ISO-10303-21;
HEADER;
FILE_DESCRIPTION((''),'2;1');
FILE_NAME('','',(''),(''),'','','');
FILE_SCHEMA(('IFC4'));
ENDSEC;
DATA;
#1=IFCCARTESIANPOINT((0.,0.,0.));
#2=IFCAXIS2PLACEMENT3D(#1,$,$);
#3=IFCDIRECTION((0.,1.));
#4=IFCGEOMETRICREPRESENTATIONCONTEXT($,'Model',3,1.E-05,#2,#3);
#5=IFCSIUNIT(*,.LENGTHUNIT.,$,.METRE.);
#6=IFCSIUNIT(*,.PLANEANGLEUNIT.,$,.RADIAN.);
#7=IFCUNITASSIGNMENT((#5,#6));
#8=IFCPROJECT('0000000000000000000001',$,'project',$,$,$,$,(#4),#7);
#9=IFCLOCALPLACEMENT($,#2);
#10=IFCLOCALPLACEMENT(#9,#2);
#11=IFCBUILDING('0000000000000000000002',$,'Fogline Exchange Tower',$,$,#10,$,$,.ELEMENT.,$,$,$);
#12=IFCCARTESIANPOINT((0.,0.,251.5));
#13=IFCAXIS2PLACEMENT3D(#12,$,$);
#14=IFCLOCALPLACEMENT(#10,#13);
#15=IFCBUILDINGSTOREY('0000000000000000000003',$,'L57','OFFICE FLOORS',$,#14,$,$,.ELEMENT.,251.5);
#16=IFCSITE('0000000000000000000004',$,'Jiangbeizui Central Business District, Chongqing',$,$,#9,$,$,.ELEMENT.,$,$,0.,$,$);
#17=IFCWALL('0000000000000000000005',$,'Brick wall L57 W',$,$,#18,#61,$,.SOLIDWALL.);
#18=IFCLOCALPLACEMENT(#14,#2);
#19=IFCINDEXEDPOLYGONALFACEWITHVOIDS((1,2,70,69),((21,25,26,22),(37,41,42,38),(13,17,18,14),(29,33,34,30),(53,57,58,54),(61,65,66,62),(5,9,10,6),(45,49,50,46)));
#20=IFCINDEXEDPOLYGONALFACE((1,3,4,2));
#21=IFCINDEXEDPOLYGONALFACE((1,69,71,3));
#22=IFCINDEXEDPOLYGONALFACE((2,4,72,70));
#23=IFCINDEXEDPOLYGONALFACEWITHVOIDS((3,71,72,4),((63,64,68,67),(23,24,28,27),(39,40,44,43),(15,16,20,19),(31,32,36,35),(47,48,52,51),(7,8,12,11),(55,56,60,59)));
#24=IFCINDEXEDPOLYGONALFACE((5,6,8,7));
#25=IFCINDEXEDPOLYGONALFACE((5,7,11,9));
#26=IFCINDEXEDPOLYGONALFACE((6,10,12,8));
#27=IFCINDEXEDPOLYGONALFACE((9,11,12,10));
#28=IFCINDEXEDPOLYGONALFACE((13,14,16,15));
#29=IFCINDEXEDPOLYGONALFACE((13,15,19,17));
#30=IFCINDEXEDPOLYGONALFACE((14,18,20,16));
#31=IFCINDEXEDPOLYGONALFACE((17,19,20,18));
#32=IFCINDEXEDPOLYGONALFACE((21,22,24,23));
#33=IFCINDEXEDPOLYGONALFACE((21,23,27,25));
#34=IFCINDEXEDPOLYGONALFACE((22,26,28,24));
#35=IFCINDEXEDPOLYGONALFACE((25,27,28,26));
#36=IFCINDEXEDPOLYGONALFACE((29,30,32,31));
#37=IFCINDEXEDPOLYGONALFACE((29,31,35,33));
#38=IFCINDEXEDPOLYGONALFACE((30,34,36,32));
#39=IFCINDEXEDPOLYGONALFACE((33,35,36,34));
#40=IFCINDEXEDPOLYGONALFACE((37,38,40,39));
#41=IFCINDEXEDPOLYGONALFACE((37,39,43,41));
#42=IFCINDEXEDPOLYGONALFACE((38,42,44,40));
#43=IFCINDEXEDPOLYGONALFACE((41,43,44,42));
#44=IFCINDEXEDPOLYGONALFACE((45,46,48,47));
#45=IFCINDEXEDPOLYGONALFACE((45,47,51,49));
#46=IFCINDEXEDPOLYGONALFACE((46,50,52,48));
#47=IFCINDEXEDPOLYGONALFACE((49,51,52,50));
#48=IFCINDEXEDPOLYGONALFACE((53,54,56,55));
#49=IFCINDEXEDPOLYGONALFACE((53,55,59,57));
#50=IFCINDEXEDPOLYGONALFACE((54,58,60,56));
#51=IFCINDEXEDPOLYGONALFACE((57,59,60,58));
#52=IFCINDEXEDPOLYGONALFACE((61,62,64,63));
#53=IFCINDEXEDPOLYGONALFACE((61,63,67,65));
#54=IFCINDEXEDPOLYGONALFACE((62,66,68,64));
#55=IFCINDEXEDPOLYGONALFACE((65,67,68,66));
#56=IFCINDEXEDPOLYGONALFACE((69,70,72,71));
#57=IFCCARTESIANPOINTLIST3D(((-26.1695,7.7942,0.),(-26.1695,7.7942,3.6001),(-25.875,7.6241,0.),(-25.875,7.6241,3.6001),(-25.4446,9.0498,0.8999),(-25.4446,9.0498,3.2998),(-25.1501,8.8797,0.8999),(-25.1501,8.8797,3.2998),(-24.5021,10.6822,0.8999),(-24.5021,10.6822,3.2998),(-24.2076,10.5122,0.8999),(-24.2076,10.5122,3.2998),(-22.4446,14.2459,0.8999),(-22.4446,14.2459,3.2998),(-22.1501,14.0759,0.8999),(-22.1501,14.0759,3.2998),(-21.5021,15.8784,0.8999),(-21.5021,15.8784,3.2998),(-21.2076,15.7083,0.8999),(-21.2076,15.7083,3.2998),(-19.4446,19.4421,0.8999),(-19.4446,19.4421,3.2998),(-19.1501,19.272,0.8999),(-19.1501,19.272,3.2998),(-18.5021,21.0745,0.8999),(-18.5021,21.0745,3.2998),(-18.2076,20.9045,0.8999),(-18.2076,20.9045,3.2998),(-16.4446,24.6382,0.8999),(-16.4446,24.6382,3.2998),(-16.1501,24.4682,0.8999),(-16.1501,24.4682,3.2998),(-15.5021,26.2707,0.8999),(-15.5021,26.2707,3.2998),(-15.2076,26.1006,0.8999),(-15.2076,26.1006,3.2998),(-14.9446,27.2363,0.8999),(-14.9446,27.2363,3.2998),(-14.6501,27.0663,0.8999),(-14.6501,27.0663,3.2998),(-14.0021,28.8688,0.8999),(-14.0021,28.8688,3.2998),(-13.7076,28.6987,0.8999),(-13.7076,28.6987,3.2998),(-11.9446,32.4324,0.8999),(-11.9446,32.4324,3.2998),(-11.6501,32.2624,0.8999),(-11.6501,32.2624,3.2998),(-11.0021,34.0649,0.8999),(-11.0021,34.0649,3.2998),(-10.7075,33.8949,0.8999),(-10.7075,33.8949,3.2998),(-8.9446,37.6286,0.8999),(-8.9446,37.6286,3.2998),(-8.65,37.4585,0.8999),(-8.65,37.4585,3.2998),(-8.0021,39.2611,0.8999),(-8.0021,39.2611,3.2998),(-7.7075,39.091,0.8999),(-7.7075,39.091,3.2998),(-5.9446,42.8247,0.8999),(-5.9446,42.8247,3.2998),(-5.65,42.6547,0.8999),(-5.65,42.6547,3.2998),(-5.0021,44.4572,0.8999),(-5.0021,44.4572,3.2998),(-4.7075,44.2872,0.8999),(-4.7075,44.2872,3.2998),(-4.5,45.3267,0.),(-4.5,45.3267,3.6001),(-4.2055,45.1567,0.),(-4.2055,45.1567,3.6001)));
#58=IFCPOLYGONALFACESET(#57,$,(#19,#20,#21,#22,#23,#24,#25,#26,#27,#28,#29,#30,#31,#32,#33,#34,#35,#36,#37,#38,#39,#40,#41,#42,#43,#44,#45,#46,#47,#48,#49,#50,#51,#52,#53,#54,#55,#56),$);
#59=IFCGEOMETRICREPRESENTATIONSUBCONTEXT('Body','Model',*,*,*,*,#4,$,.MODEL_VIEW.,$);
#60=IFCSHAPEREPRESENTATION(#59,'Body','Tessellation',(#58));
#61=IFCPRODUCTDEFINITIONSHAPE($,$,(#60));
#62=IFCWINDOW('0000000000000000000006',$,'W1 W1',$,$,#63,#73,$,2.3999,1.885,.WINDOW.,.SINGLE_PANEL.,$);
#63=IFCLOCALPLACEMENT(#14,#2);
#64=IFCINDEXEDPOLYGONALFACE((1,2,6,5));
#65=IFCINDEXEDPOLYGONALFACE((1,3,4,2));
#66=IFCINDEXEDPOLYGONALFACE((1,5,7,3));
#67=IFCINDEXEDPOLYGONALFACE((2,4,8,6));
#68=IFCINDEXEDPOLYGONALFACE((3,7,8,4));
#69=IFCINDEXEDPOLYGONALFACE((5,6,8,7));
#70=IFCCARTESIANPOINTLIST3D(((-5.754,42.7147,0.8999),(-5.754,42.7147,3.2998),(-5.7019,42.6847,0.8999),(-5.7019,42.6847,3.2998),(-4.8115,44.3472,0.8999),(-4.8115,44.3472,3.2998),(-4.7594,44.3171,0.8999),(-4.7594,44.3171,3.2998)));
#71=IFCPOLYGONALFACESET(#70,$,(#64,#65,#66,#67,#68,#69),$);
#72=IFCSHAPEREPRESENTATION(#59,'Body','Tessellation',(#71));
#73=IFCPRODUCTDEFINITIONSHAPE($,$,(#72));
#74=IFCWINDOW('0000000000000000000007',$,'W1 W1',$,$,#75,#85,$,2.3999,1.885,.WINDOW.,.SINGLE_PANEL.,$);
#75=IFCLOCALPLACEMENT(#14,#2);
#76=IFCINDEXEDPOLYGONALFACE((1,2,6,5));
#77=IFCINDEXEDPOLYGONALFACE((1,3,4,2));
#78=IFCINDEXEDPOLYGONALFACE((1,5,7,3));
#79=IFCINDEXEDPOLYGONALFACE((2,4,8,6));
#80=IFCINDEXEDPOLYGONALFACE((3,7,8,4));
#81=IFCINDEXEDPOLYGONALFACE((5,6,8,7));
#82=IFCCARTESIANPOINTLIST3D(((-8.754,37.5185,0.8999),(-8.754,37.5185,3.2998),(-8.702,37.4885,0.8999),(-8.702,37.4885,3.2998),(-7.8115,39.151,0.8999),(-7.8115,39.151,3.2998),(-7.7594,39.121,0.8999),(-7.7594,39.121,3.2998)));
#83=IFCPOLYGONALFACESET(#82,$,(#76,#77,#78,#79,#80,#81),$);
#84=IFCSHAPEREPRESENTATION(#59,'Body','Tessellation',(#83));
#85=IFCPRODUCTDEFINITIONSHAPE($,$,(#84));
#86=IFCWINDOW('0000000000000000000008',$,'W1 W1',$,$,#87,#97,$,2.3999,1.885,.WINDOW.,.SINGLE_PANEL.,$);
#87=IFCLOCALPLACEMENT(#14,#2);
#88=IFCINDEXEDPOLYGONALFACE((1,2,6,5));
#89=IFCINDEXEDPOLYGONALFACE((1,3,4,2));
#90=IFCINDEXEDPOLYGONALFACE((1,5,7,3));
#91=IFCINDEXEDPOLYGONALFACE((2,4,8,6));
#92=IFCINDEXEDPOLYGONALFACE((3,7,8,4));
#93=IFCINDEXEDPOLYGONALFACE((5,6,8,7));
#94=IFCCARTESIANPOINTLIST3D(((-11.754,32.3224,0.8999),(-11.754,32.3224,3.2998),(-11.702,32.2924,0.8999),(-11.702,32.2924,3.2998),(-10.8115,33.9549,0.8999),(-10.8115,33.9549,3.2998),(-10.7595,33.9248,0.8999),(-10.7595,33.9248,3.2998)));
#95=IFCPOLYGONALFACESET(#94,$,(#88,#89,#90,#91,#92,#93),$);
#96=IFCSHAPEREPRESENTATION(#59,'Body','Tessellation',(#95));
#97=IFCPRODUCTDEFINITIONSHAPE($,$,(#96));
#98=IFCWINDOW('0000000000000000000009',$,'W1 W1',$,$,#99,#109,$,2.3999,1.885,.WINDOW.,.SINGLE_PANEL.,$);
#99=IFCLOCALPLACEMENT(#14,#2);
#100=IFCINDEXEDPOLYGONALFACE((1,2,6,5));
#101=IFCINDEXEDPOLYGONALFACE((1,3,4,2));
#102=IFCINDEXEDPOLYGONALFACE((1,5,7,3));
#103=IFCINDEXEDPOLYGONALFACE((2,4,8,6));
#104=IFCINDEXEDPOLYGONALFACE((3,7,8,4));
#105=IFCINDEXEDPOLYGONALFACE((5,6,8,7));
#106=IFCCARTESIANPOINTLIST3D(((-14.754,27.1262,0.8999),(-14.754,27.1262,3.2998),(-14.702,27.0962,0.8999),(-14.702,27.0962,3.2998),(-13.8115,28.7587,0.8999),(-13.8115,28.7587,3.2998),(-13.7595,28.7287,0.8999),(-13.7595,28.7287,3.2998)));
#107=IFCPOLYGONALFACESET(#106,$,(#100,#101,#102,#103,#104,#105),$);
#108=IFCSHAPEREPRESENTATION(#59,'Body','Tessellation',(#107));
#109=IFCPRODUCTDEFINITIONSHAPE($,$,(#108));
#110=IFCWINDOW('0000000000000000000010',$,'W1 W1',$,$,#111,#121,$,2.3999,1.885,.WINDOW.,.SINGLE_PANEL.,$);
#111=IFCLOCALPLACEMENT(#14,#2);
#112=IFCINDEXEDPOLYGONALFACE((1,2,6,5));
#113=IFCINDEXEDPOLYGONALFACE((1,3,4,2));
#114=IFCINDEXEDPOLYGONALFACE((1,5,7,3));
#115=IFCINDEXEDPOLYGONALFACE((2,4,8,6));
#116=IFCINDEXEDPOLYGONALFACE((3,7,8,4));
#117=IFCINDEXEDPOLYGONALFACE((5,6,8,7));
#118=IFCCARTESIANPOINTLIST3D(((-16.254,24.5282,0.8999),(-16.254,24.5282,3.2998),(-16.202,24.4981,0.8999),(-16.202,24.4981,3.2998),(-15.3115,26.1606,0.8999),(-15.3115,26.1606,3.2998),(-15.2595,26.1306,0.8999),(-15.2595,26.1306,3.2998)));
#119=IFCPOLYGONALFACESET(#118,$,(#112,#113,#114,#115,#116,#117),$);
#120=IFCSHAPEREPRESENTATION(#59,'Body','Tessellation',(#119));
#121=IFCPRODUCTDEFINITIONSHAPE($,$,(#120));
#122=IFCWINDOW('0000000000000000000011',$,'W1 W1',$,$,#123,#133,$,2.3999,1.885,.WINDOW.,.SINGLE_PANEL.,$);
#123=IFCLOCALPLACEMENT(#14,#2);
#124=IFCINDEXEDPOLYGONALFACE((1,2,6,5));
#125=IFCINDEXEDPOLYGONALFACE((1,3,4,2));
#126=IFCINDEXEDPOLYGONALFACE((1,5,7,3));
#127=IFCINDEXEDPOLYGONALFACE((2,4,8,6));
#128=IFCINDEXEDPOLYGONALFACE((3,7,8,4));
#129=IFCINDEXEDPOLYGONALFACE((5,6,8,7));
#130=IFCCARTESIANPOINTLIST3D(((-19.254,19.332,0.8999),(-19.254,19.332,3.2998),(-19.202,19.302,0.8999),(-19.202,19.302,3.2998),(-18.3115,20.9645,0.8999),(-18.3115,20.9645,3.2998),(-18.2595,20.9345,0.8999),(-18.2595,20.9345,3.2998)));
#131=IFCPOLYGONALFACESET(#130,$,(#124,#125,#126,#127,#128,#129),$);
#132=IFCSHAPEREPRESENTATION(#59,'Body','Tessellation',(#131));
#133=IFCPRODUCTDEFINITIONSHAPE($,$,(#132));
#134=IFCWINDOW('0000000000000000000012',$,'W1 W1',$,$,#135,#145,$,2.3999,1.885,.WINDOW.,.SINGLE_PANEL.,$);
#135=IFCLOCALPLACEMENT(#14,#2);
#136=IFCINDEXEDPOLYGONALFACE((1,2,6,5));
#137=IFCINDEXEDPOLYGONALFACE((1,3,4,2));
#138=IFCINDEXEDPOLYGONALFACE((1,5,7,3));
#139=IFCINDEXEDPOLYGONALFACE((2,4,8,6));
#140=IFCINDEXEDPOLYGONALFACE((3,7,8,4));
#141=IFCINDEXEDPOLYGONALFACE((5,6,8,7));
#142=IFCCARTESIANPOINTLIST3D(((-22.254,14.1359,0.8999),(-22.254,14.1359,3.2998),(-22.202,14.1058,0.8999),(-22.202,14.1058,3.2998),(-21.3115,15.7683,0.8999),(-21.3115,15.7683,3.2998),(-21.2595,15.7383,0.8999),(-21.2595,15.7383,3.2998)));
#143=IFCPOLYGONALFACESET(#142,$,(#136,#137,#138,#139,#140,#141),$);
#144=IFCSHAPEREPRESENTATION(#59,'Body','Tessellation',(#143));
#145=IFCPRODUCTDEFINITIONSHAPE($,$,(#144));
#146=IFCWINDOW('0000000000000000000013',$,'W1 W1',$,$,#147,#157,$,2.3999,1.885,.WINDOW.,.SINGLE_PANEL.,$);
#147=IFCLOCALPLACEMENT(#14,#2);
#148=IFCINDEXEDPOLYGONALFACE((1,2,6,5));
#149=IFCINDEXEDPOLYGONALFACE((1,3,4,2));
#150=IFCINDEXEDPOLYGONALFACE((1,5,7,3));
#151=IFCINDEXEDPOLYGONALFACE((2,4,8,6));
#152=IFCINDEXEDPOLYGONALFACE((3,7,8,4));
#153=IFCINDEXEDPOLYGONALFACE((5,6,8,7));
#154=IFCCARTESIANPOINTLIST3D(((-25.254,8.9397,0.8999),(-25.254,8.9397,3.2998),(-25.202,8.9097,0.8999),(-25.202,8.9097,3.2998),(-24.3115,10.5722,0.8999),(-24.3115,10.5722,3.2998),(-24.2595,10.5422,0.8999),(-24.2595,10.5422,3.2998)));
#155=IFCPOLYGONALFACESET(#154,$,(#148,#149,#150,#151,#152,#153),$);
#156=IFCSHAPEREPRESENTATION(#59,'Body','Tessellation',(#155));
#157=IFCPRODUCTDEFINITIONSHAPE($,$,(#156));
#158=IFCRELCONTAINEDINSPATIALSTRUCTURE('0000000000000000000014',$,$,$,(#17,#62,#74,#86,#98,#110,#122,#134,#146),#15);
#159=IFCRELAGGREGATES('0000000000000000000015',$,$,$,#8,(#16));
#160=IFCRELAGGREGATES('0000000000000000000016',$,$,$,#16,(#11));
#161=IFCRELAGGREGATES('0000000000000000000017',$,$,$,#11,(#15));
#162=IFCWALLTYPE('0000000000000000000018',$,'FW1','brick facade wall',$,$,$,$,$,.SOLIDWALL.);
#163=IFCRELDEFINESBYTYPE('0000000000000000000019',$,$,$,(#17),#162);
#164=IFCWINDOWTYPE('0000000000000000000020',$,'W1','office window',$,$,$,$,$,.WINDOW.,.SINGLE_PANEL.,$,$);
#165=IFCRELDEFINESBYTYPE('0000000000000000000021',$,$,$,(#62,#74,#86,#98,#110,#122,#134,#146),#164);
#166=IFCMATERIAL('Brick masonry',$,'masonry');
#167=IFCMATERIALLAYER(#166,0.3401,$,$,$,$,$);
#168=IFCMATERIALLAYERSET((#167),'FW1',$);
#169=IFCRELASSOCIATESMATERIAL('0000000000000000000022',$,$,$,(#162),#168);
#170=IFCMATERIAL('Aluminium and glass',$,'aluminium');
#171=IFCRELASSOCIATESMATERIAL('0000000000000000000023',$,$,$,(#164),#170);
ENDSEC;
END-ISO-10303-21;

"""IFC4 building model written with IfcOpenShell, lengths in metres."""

from ifc_helpers import new_model, si_unit, direction, frame, frame_2d, origin, place, context, subcontext, project, spatial, rectangle, extrude, material, layer, layer_set, type_object, element, fill, save


model = new_model("IFC4")

# Units and contexts
model_context = context("Model", 3, precision=1e-05, world=origin(), true_north=direction((0.0, 1.0)))
body_context = subcontext(model_context, "Body", "Model", "MODEL_VIEW")
ifc_project = project(units=[si_unit("LENGTHUNIT", "METRE"), si_unit("PLANEANGLEUNIT", "RADIAN")], contexts=[model_context])

# Site, building, storey
site_placement = place(None, origin())
site = spatial("IfcSite", under=ifc_project, at=site_placement, Name="Jiangbeizui Central Business District, Chongqing", CompositionType="ELEMENT", RefElevation=0.0)
building_placement = place(site_placement, origin())
building = spatial("IfcBuilding", under=site, at=building_placement, Name="Fogline Exchange Tower", CompositionType="ELEMENT")
storey_placement = place(building_placement, frame((0.0, 0.0, 251.5)))
storey = spatial("IfcBuildingStorey", under=building, at=storey_placement, Name="L57", Description="OFFICE FLOORS", CompositionType="ELEMENT", Elevation=251.5)

# Wall, openings, windows
ifc_material_1 = material(Name="Brick masonry", Category="masonry")
ifc_layer_1 = layer(ifc_material_1, 0.3401)
ifc_layer_set_1 = layer_set([ifc_layer_1], Name="FW1")
wall_type_1 = type_object("IfcWallType", Name="FW1", Description="brick facade wall", PredefinedType="SOLIDWALL", material=ifc_layer_set_1)
wall_1_placement = place(storey_placement, frame((-4.3528, 45.2417, 0.0), z_axis=(0.0, 0.0, 1.0), x_axis=(-0.500001, -0.866025, 0.0)))
wall_1 = element("IfcWall", 1, at=wall_1_placement, inside=storey, type_object=wall_type_1, Name="Brick wall L57 W", PredefinedType="SOLIDWALL", context=body_context, shape_type="SweptSolid", body=[
    extrude(rectangle(XDim=43.3389, YDim=0.3401, at=frame_2d((21.6694, 0.0))), origin(), (0.0, 0.0, 1.0), 3.6001),
])
opening_1_placement = place(wall_1_placement, frame((1.0042, 0.0, 0.8999)))
opening_1 = element("IfcOpeningElement", 2, at=opening_1_placement, cuts=wall_1, PredefinedType="OPENING", context=body_context, shape_type="SweptSolid", body=[
    extrude(rectangle(XDim=1.885, YDim=2.3999, at=frame_2d((0.9424, 1.2))), frame((0.0, 0.1802, 0.0), z_axis=(0.0, -1.0, 0.0), x_axis=(1.0, 0.0, 0.0)), (0.0, 0.0, 1.0), 0.3601),
])
opening_2_placement = place(wall_1_placement, frame((7.0042, 0.0, 0.8999)))
opening_2 = element("IfcOpeningElement", 3, at=opening_2_placement, cuts=wall_1, PredefinedType="OPENING", context=body_context, shape_type="SweptSolid", body=[
    extrude(rectangle(XDim=1.885, YDim=2.3999, at=frame_2d((0.9424, 1.2))), frame((0.0, 0.1802, 0.0), z_axis=(0.0, -1.0, 0.0), x_axis=(1.0, 0.0, 0.0)), (0.0, 0.0, 1.0), 0.3601),
])
opening_3_placement = place(wall_1_placement, frame((13.0042, 0.0, 0.8999)))
opening_3 = element("IfcOpeningElement", 4, at=opening_3_placement, cuts=wall_1, PredefinedType="OPENING", context=body_context, shape_type="SweptSolid", body=[
    extrude(rectangle(XDim=1.885, YDim=2.3999, at=frame_2d((0.9424, 1.2))), frame((0.0, 0.1802, 0.0), z_axis=(0.0, -1.0, 0.0), x_axis=(1.0, 0.0, 0.0)), (0.0, 0.0, 1.0), 0.3601),
])
opening_4_placement = place(wall_1_placement, frame((19.0042, 0.0, 0.8999)))
opening_4 = element("IfcOpeningElement", 5, at=opening_4_placement, cuts=wall_1, PredefinedType="OPENING", context=body_context, shape_type="SweptSolid", body=[
    extrude(rectangle(XDim=1.885, YDim=2.3999, at=frame_2d((0.9424, 1.2))), frame((0.0, 0.1802, 0.0), z_axis=(0.0, -1.0, 0.0), x_axis=(1.0, 0.0, 0.0)), (0.0, 0.0, 1.0), 0.3601),
])
opening_5_placement = place(wall_1_placement, frame((22.0042, 0.0, 0.8999)))
opening_5 = element("IfcOpeningElement", 6, at=opening_5_placement, cuts=wall_1, PredefinedType="OPENING", context=body_context, shape_type="SweptSolid", body=[
    extrude(rectangle(XDim=1.885, YDim=2.3999, at=frame_2d((0.9424, 1.2))), frame((0.0, 0.1802, 0.0), z_axis=(0.0, -1.0, 0.0), x_axis=(1.0, 0.0, 0.0)), (0.0, 0.0, 1.0), 0.3601),
])
opening_6_placement = place(wall_1_placement, frame((28.0042, 0.0, 0.8999)))
opening_6 = element("IfcOpeningElement", 7, at=opening_6_placement, cuts=wall_1, PredefinedType="OPENING", context=body_context, shape_type="SweptSolid", body=[
    extrude(rectangle(XDim=1.885, YDim=2.3999, at=frame_2d((0.9424, 1.2))), frame((0.0, 0.1802, 0.0), z_axis=(0.0, -1.0, 0.0), x_axis=(1.0, 0.0, 0.0)), (0.0, 0.0, 1.0), 0.3601),
])
opening_7_placement = place(wall_1_placement, frame((34.0042, 0.0, 0.8999)))
opening_7 = element("IfcOpeningElement", 8, at=opening_7_placement, cuts=wall_1, PredefinedType="OPENING", context=body_context, shape_type="SweptSolid", body=[
    extrude(rectangle(XDim=1.885, YDim=2.3999, at=frame_2d((0.9424, 1.2))), frame((0.0, 0.1802, 0.0), z_axis=(0.0, -1.0, 0.0), x_axis=(1.0, 0.0, 0.0)), (0.0, 0.0, 1.0), 0.3601),
])
opening_8_placement = place(wall_1_placement, frame((40.0042, 0.0, 0.8999)))
opening_8 = element("IfcOpeningElement", 9, at=opening_8_placement, cuts=wall_1, PredefinedType="OPENING", context=body_context, shape_type="SweptSolid", body=[
    extrude(rectangle(XDim=1.885, YDim=2.3999, at=frame_2d((0.9424, 1.2))), frame((0.0, 0.1802, 0.0), z_axis=(0.0, -1.0, 0.0), x_axis=(1.0, 0.0, 0.0)), (0.0, 0.0, 1.0), 0.3601),
])
ifc_material_2 = material(Name="Aluminium and glass", Category="aluminium")
window_type = type_object("IfcWindowType", Name="W1", Description="office window", PartitioningType="SINGLE_PANEL", PredefinedType="WINDOW", material=ifc_material_2)
window_1_placement = place(opening_1_placement, origin())
window_1 = element("IfcWindow", 10, at=window_1_placement, inside=storey, type_object=window_type, Name="W1 W1", OverallHeight=2.3999, OverallWidth=1.885, PartitioningType="SINGLE_PANEL", PredefinedType="WINDOW", context=body_context, shape_type="SweptSolid", body=[
    extrude(rectangle(XDim=1.885, YDim=2.3999, at=frame_2d((0.9424, 1.2))), frame((0.0, 0.1101, 0.0), z_axis=(0.0, -1.0, 0.0), x_axis=(1.0, 0.0, 0.0)), (0.0, 0.0, 1.0), 0.0601),
])
fill(opening_1, window_1)
window_2_placement = place(opening_2_placement, origin())
window_2 = element("IfcWindow", 11, at=window_2_placement, inside=storey, type_object=window_type, Name="W1 W1", OverallHeight=2.3999, OverallWidth=1.885, PartitioningType="SINGLE_PANEL", PredefinedType="WINDOW", context=body_context, shape_type="SweptSolid", body=[
    extrude(rectangle(XDim=1.885, YDim=2.3999, at=frame_2d((0.9424, 1.2))), frame((0.0, 0.1101, 0.0), z_axis=(0.0, -1.0, 0.0), x_axis=(1.0, 0.0, 0.0)), (0.0, 0.0, 1.0), 0.0601),
])
fill(opening_2, window_2)
window_3_placement = place(opening_3_placement, origin())
window_3 = element("IfcWindow", 12, at=window_3_placement, inside=storey, type_object=window_type, Name="W1 W1", OverallHeight=2.3999, OverallWidth=1.885, PartitioningType="SINGLE_PANEL", PredefinedType="WINDOW", context=body_context, shape_type="SweptSolid", body=[
    extrude(rectangle(XDim=1.885, YDim=2.3999, at=frame_2d((0.9424, 1.2))), frame((0.0, 0.1101, 0.0), z_axis=(0.0, -1.0, 0.0), x_axis=(1.0, 0.0, 0.0)), (0.0, 0.0, 1.0), 0.0601),
])
fill(opening_3, window_3)
window_4_placement = place(opening_4_placement, origin())
window_4 = element("IfcWindow", 13, at=window_4_placement, inside=storey, type_object=window_type, Name="W1 W1", OverallHeight=2.3999, OverallWidth=1.885, PartitioningType="SINGLE_PANEL", PredefinedType="WINDOW", context=body_context, shape_type="SweptSolid", body=[
    extrude(rectangle(XDim=1.885, YDim=2.3999, at=frame_2d((0.9424, 1.2))), frame((0.0, 0.1101, 0.0), z_axis=(0.0, -1.0, 0.0), x_axis=(1.0, 0.0, 0.0)), (0.0, 0.0, 1.0), 0.0601),
])
fill(opening_4, window_4)
window_5_placement = place(opening_5_placement, origin())
window_5 = element("IfcWindow", 14, at=window_5_placement, inside=storey, type_object=window_type, Name="W1 W1", OverallHeight=2.3999, OverallWidth=1.885, PartitioningType="SINGLE_PANEL", PredefinedType="WINDOW", context=body_context, shape_type="SweptSolid", body=[
    extrude(rectangle(XDim=1.885, YDim=2.3999, at=frame_2d((0.9424, 1.2))), frame((0.0, 0.1101, 0.0), z_axis=(0.0, -1.0, 0.0), x_axis=(1.0, 0.0, 0.0)), (0.0, 0.0, 1.0), 0.0601),
])
fill(opening_5, window_5)
window_6_placement = place(opening_6_placement, origin())
window_6 = element("IfcWindow", 15, at=window_6_placement, inside=storey, type_object=window_type, Name="W1 W1", OverallHeight=2.3999, OverallWidth=1.885, PartitioningType="SINGLE_PANEL", PredefinedType="WINDOW", context=body_context, shape_type="SweptSolid", body=[
    extrude(rectangle(XDim=1.885, YDim=2.3999, at=frame_2d((0.9424, 1.2))), frame((0.0, 0.1101, 0.0), z_axis=(0.0, -1.0, 0.0), x_axis=(1.0, 0.0, 0.0)), (0.0, 0.0, 1.0), 0.0601),
])
fill(opening_6, window_6)
window_7_placement = place(opening_7_placement, origin())
window_7 = element("IfcWindow", 16, at=window_7_placement, inside=storey, type_object=window_type, Name="W1 W1", OverallHeight=2.3999, OverallWidth=1.885, PartitioningType="SINGLE_PANEL", PredefinedType="WINDOW", context=body_context, shape_type="SweptSolid", body=[
    extrude(rectangle(XDim=1.885, YDim=2.3999, at=frame_2d((0.9424, 1.2))), frame((0.0, 0.1101, 0.0), z_axis=(0.0, -1.0, 0.0), x_axis=(1.0, 0.0, 0.0)), (0.0, 0.0, 1.0), 0.0601),
])
fill(opening_7, window_7)
window_8_placement = place(opening_8_placement, origin())
window_8 = element("IfcWindow", 17, at=window_8_placement, inside=storey, type_object=window_type, Name="W1 W1", OverallHeight=2.3999, OverallWidth=1.885, PartitioningType="SINGLE_PANEL", PredefinedType="WINDOW", context=body_context, shape_type="SweptSolid", body=[
    extrude(rectangle(XDim=1.885, YDim=2.3999, at=frame_2d((0.9424, 1.2))), frame((0.0, 0.1101, 0.0), z_axis=(0.0, -1.0, 0.0), x_axis=(1.0, 0.0, 0.0)), (0.0, 0.0, 1.0), 0.0601),
])
fill(opening_8, window_8)

save(model, "model.ifc")
